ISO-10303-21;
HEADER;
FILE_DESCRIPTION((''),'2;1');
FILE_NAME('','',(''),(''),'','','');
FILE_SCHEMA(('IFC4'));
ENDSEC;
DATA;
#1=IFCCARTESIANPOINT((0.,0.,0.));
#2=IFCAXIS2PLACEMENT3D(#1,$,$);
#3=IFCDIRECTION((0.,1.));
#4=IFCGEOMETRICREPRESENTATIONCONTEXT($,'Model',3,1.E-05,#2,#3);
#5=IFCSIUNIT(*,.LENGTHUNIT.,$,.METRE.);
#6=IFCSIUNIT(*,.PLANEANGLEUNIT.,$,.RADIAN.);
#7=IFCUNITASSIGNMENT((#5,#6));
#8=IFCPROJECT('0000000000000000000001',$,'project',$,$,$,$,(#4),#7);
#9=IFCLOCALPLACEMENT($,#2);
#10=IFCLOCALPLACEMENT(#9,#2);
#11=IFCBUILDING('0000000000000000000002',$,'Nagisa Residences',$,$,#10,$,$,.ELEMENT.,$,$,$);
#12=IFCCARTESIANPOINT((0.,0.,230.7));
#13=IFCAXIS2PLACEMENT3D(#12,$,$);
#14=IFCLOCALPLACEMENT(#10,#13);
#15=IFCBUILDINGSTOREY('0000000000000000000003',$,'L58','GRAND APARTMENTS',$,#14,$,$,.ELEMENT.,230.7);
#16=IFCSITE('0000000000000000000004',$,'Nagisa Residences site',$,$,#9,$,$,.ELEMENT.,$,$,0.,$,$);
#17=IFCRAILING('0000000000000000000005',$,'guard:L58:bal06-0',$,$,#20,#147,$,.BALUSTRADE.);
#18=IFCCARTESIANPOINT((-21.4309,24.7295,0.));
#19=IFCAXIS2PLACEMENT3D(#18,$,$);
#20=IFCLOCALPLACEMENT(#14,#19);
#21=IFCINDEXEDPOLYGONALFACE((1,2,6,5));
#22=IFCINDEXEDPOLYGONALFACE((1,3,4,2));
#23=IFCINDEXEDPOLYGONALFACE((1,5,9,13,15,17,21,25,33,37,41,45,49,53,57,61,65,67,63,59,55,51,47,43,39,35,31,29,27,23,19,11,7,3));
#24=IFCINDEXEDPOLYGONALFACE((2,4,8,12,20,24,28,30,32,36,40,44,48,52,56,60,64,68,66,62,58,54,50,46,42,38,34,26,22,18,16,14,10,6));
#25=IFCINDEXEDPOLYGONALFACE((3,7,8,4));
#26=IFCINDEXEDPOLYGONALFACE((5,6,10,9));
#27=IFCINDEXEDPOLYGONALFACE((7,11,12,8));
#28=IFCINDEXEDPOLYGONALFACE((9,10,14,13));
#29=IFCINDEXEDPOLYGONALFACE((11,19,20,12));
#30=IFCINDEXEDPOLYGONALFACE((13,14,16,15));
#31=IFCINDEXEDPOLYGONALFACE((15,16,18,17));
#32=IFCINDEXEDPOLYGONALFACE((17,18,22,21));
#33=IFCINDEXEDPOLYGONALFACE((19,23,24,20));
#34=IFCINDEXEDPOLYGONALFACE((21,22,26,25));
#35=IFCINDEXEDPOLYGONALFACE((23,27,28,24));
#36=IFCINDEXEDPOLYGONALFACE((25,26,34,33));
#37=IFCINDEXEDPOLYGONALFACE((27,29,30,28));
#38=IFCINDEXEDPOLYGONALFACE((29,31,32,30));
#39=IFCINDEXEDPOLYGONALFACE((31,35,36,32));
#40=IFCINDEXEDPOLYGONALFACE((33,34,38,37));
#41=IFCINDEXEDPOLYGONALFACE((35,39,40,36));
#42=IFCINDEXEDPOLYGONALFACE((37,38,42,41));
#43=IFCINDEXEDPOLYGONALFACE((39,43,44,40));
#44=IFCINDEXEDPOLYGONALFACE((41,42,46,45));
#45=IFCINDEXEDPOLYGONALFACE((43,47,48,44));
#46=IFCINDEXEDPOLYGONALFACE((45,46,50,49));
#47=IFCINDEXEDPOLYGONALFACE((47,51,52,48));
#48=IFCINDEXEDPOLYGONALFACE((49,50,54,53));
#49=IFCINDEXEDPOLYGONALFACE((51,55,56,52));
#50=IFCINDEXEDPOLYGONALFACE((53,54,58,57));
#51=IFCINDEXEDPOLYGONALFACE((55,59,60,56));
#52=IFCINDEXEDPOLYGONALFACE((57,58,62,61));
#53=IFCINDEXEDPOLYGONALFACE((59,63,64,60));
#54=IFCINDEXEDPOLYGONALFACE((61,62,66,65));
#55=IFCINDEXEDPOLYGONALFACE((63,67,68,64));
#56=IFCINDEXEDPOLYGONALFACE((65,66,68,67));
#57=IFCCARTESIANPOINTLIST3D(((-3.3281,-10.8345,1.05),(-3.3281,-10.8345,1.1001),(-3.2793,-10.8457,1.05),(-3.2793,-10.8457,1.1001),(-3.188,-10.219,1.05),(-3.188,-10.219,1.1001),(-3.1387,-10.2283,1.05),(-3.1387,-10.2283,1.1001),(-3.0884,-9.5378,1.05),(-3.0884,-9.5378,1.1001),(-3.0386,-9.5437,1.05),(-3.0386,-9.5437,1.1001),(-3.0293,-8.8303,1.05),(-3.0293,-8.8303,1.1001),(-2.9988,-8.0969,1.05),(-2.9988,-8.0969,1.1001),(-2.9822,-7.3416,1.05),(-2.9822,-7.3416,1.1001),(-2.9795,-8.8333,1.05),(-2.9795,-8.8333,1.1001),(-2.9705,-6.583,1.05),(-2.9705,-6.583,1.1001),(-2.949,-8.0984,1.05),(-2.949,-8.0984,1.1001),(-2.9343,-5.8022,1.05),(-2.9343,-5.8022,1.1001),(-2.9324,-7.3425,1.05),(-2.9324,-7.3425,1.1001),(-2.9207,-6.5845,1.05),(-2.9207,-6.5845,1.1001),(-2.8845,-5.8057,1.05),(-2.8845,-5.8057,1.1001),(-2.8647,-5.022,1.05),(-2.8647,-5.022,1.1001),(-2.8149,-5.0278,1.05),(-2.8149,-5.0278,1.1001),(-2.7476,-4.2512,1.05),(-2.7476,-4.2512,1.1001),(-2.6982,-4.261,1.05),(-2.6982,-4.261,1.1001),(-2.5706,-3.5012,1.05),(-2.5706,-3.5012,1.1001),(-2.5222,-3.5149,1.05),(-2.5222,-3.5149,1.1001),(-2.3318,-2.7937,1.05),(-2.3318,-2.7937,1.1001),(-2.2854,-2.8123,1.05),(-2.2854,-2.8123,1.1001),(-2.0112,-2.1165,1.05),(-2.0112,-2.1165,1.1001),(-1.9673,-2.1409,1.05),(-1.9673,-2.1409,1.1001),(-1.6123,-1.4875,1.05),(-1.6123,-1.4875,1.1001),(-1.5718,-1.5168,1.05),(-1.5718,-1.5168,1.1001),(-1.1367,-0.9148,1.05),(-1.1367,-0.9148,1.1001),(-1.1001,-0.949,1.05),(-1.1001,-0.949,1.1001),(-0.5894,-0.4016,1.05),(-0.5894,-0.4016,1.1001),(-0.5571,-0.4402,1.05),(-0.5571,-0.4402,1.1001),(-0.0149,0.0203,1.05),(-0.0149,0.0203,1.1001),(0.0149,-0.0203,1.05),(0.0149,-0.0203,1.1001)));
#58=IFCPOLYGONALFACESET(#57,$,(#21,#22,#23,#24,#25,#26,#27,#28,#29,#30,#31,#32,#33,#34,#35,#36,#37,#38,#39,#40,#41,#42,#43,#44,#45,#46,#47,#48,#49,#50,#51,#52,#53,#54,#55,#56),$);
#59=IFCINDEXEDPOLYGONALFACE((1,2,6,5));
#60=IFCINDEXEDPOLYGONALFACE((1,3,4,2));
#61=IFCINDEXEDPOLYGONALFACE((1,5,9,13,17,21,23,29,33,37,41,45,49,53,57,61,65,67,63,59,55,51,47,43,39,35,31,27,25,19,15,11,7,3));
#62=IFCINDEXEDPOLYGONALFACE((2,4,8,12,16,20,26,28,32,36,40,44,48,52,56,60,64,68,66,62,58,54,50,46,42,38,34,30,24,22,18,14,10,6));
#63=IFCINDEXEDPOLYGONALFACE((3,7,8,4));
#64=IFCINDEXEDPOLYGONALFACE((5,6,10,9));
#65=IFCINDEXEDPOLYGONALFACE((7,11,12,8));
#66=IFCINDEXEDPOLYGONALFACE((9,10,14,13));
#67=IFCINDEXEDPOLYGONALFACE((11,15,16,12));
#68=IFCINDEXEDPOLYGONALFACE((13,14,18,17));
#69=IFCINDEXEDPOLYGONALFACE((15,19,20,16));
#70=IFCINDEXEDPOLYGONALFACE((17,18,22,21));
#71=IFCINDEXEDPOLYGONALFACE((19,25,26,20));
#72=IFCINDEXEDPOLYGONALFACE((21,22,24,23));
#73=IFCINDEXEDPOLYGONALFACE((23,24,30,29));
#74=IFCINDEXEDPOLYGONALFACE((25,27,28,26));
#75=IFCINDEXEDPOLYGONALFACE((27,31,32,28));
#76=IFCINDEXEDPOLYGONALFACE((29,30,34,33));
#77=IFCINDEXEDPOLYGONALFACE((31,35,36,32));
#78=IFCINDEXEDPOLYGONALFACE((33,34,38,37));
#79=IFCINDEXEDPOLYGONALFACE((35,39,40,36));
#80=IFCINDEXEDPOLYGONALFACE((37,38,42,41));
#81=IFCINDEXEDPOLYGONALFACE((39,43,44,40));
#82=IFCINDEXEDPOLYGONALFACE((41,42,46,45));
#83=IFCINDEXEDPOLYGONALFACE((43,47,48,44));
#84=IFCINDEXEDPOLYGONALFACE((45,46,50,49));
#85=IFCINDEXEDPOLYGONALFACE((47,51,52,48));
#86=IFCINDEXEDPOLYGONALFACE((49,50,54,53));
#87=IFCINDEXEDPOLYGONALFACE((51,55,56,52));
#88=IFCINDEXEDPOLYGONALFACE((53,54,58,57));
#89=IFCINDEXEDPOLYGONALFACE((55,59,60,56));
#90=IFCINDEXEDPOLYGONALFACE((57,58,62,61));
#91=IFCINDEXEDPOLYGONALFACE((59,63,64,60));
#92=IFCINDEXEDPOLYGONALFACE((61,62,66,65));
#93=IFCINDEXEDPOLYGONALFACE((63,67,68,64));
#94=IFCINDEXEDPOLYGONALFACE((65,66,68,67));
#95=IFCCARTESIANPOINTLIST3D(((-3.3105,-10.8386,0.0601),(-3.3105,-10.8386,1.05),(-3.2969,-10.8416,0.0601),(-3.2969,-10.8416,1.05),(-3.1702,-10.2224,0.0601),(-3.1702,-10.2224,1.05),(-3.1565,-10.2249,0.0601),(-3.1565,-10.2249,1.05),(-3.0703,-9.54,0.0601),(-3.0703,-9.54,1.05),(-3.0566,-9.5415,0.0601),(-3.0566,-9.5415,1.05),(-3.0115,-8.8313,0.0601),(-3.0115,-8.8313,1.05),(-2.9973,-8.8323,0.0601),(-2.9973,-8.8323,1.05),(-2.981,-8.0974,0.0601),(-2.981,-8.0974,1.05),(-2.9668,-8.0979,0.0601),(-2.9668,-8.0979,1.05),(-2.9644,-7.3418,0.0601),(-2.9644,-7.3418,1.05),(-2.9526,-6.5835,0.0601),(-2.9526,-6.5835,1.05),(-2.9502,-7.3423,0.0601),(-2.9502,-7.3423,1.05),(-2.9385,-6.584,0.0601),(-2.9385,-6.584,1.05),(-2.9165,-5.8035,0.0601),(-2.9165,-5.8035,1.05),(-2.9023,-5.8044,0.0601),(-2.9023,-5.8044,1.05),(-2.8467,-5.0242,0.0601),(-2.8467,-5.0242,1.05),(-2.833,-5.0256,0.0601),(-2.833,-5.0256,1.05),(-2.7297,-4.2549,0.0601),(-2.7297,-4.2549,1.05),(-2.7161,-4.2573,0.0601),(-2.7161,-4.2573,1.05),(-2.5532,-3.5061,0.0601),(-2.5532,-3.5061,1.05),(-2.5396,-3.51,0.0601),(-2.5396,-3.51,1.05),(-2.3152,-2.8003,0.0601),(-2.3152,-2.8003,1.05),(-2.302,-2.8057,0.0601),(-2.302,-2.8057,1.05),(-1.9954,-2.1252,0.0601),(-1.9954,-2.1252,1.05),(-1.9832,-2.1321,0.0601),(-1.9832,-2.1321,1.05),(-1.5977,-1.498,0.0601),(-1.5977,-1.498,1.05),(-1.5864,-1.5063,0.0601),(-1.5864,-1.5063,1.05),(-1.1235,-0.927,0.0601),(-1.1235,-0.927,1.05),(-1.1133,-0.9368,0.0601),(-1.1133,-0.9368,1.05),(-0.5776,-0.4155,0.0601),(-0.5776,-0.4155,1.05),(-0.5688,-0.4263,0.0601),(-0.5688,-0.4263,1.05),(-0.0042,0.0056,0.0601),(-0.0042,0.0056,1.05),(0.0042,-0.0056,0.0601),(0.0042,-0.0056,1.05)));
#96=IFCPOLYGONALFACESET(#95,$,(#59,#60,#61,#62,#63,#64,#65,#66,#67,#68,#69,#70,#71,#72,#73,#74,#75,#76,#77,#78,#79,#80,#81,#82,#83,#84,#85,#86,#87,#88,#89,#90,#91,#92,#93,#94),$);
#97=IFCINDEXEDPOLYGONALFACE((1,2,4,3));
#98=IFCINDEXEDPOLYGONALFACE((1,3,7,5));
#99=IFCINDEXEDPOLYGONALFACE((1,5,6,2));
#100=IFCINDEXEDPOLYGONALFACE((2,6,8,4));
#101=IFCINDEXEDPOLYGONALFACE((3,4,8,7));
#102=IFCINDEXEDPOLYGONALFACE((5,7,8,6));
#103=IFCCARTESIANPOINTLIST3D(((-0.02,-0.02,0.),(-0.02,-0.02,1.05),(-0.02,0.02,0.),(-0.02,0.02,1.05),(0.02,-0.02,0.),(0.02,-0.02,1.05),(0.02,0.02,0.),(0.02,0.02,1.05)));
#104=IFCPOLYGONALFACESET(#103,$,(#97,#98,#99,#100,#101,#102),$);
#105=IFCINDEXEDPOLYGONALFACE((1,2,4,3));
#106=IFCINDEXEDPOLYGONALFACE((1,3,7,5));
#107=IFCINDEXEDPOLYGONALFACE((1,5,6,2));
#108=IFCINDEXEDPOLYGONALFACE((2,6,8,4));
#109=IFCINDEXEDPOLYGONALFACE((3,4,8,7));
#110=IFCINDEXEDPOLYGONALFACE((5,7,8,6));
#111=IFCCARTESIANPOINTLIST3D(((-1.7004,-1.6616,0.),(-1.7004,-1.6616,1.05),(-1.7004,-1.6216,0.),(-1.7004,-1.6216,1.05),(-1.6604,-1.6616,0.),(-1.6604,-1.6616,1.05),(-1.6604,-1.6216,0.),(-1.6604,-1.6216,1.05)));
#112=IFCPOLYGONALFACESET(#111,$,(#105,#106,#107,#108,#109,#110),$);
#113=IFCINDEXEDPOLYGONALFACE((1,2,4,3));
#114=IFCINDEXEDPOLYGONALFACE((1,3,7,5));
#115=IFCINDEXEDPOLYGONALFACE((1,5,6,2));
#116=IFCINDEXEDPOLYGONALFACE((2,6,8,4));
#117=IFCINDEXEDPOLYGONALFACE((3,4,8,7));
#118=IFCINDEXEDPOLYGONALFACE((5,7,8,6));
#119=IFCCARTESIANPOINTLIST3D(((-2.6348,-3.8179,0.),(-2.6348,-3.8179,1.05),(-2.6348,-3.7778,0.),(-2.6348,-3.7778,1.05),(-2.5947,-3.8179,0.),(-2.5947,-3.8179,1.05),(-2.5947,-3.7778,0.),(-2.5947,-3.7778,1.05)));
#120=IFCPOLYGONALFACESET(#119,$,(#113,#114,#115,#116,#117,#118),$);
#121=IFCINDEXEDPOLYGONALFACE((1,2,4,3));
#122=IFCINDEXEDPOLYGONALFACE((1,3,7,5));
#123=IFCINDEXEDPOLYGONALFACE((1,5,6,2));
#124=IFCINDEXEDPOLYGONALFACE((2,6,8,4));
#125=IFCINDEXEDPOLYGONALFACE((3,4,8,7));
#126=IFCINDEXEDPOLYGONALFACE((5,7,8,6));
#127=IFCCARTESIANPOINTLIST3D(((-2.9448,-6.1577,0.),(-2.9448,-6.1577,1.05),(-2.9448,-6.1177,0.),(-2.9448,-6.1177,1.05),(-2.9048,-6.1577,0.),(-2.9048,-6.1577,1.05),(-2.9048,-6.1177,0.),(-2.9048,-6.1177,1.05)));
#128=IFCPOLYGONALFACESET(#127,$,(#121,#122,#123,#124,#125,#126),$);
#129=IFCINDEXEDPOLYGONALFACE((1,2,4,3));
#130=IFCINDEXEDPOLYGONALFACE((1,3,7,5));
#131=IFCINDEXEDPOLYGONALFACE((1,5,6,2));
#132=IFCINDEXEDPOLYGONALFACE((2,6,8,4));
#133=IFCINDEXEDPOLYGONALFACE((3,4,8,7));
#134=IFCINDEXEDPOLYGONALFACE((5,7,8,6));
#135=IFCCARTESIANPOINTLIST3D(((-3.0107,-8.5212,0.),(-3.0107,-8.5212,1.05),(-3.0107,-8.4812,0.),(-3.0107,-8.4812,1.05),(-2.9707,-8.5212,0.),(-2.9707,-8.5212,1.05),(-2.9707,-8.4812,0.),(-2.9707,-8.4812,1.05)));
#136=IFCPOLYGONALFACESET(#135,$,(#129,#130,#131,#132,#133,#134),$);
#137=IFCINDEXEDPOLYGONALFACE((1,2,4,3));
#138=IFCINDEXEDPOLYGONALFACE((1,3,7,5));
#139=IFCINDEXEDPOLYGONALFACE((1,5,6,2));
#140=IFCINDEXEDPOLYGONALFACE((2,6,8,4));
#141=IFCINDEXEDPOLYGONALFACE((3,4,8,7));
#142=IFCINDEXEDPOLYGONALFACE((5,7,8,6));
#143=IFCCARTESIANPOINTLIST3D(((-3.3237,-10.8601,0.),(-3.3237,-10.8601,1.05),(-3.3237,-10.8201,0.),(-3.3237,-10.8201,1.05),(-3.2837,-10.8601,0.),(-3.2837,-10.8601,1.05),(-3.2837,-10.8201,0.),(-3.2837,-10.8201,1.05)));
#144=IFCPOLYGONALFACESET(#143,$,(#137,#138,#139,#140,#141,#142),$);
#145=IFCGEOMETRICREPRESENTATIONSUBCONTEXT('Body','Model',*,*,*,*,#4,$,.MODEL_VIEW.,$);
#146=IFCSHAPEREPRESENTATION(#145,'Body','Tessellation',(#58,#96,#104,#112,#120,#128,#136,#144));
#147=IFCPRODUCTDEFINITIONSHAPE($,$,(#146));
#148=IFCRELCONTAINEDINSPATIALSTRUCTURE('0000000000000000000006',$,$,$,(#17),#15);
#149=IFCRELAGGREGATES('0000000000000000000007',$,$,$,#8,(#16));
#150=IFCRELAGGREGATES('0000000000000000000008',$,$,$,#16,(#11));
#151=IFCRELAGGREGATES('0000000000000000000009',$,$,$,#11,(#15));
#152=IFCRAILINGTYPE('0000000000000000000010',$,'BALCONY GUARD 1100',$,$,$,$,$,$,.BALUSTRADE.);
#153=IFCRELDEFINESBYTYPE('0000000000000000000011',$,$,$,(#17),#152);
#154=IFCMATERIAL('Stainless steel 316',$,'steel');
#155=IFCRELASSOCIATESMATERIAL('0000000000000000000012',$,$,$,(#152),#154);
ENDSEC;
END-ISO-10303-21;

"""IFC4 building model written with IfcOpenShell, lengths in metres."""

from ifc_helpers import new_model, si_unit, direction, frame, origin, origin_2d, place, context, subcontext, project, spatial, polyline, rectangle, outline, extrude, material, type_object, element, save


model = new_model("IFC4")

# Units and contexts
model_context = context("Model", 3, precision=1e-05, world=origin(), true_north=direction((0.0, 1.0)))
body_context = subcontext(model_context, "Body", "Model", "MODEL_VIEW")
ifc_project = project(units=[si_unit("LENGTHUNIT", "METRE"), si_unit("PLANEANGLEUNIT", "RADIAN")], contexts=[model_context])

# Site, building, storey
site_placement = place(None, origin())
site = spatial("IfcSite", under=ifc_project, at=site_placement, Name="Nagisa Residences site", CompositionType="ELEMENT", RefElevation=0.0)
building_placement = place(site_placement, origin())
building = spatial("IfcBuilding", under=site, at=building_placement, Name="Nagisa Residences", CompositionType="ELEMENT")
storey_placement = place(building_placement, frame((0.0, 0.0, 230.7)))
storey = spatial("IfcBuildingStorey", under=building, at=storey_placement, Name="L58", Description="GRAND APARTMENTS", CompositionType="ELEMENT", Elevation=230.7)

# Railing
ifc_material_1 = material(Name="Stainless steel 316", Category="steel")
railing_type = type_object("IfcRailingType", Name="BALCONY GUARD 1100", PredefinedType="BALUSTRADE", material=ifc_material_1)
railing_1_placement = place(storey_placement, frame((-21.4309, 24.7295, 0.0)))
element("IfcRailing", 1, at=railing_1_placement, inside=storey, type_object=railing_type, Name="guard:L58:bal06-0", PredefinedType="BALUSTRADE", context=body_context, shape_type="SweptSolid", body=[
    extrude(outline(polyline([(-0.5571, -0.4402), (0.0149, -0.0203), (-0.0149, 0.0203), (-0.5894, -0.4016), (-1.1367, -0.9148), (-1.6123, -1.4875), (-2.0112, -2.1165), (-2.3318, -2.7937), (-2.5706, -3.5012), (-2.7476, -4.2512), (-2.8647, -5.022), (-2.9343, -5.8022), (-2.9705, -6.583), (-2.9822, -7.3416), (-2.9988, -8.0969), (-3.0293, -8.8303), (-3.0884, -9.5378), (-3.188, -10.219), (-3.3281, -10.8345), (-3.2793, -10.8457), (-3.1387, -10.2283), (-3.0386, -9.5437), (-2.9795, -8.8333), (-2.949, -8.0984), (-2.9324, -7.3425), (-2.9207, -6.5845), (-2.8845, -5.8057), (-2.8149, -5.0278), (-2.6982, -4.261), (-2.5222, -3.5149), (-2.2854, -2.8123), (-1.9673, -2.1409), (-1.5718, -1.5168), (-1.1001, -0.949), (-0.5571, -0.4402)])), frame((0.0, 0.0, 1.05)), (0.0, 0.0, 1.0), 0.05),
    extrude(outline(polyline([(-0.5688, -0.4263), (0.0042, -0.0056), (-0.0042, 0.0056), (-0.5776, -0.4155), (-1.1235, -0.927), (-1.5977, -1.498), (-1.9954, -2.1252), (-2.3152, -2.8003), (-2.5532, -3.5061), (-2.7297, -4.2549), (-2.8467, -5.0242), (-2.9165, -5.8035), (-2.9526, -6.5835), (-2.9644, -7.3418), (-2.981, -8.0974), (-3.0115, -8.8313), (-3.0703, -9.54), (-3.1702, -10.2224), (-3.3105, -10.8386), (-3.2969, -10.8416), (-3.1565, -10.2249), (-3.0566, -9.5415), (-2.9973, -8.8323), (-2.9668, -8.0979), (-2.9502, -7.3423), (-2.9385, -6.584), (-2.9023, -5.8044), (-2.833, -5.0256), (-2.7161, -4.2573), (-2.5396, -3.51), (-2.302, -2.8057), (-1.9832, -2.1321), (-1.5864, -1.5063), (-1.1133, -0.9368), (-0.5688, -0.4263)])), frame((0.0, 0.0, 0.0601)), (0.0, 0.0, 1.0), 0.99),
    extrude(rectangle(XDim=0.04, YDim=0.04, at=origin_2d()), origin(), (0.0, 0.0, 1.0), 1.05),
    extrude(rectangle(XDim=0.04, YDim=0.04, at=origin_2d()), frame((-1.6804, -1.6416, 0.0)), (0.0, 0.0, 1.0), 1.05),
    extrude(rectangle(XDim=0.04, YDim=0.04, at=origin_2d()), frame((-2.6147, -3.7979, 0.0)), (0.0, 0.0, 1.0), 1.05),
    extrude(rectangle(XDim=0.04, YDim=0.04, at=origin_2d()), frame((-2.9248, -6.1377, 0.0)), (0.0, 0.0, 1.0), 1.05),
    extrude(rectangle(XDim=0.04, YDim=0.04, at=origin_2d()), frame((-2.9907, -8.5012, 0.0)), (0.0, 0.0, 1.0), 1.05),
    extrude(rectangle(XDim=0.04, YDim=0.04, at=origin_2d()), frame((-3.3037, -10.8401, 0.0)), (0.0, 0.0, 1.0), 1.05),
])

save(model, "model.ifc")
